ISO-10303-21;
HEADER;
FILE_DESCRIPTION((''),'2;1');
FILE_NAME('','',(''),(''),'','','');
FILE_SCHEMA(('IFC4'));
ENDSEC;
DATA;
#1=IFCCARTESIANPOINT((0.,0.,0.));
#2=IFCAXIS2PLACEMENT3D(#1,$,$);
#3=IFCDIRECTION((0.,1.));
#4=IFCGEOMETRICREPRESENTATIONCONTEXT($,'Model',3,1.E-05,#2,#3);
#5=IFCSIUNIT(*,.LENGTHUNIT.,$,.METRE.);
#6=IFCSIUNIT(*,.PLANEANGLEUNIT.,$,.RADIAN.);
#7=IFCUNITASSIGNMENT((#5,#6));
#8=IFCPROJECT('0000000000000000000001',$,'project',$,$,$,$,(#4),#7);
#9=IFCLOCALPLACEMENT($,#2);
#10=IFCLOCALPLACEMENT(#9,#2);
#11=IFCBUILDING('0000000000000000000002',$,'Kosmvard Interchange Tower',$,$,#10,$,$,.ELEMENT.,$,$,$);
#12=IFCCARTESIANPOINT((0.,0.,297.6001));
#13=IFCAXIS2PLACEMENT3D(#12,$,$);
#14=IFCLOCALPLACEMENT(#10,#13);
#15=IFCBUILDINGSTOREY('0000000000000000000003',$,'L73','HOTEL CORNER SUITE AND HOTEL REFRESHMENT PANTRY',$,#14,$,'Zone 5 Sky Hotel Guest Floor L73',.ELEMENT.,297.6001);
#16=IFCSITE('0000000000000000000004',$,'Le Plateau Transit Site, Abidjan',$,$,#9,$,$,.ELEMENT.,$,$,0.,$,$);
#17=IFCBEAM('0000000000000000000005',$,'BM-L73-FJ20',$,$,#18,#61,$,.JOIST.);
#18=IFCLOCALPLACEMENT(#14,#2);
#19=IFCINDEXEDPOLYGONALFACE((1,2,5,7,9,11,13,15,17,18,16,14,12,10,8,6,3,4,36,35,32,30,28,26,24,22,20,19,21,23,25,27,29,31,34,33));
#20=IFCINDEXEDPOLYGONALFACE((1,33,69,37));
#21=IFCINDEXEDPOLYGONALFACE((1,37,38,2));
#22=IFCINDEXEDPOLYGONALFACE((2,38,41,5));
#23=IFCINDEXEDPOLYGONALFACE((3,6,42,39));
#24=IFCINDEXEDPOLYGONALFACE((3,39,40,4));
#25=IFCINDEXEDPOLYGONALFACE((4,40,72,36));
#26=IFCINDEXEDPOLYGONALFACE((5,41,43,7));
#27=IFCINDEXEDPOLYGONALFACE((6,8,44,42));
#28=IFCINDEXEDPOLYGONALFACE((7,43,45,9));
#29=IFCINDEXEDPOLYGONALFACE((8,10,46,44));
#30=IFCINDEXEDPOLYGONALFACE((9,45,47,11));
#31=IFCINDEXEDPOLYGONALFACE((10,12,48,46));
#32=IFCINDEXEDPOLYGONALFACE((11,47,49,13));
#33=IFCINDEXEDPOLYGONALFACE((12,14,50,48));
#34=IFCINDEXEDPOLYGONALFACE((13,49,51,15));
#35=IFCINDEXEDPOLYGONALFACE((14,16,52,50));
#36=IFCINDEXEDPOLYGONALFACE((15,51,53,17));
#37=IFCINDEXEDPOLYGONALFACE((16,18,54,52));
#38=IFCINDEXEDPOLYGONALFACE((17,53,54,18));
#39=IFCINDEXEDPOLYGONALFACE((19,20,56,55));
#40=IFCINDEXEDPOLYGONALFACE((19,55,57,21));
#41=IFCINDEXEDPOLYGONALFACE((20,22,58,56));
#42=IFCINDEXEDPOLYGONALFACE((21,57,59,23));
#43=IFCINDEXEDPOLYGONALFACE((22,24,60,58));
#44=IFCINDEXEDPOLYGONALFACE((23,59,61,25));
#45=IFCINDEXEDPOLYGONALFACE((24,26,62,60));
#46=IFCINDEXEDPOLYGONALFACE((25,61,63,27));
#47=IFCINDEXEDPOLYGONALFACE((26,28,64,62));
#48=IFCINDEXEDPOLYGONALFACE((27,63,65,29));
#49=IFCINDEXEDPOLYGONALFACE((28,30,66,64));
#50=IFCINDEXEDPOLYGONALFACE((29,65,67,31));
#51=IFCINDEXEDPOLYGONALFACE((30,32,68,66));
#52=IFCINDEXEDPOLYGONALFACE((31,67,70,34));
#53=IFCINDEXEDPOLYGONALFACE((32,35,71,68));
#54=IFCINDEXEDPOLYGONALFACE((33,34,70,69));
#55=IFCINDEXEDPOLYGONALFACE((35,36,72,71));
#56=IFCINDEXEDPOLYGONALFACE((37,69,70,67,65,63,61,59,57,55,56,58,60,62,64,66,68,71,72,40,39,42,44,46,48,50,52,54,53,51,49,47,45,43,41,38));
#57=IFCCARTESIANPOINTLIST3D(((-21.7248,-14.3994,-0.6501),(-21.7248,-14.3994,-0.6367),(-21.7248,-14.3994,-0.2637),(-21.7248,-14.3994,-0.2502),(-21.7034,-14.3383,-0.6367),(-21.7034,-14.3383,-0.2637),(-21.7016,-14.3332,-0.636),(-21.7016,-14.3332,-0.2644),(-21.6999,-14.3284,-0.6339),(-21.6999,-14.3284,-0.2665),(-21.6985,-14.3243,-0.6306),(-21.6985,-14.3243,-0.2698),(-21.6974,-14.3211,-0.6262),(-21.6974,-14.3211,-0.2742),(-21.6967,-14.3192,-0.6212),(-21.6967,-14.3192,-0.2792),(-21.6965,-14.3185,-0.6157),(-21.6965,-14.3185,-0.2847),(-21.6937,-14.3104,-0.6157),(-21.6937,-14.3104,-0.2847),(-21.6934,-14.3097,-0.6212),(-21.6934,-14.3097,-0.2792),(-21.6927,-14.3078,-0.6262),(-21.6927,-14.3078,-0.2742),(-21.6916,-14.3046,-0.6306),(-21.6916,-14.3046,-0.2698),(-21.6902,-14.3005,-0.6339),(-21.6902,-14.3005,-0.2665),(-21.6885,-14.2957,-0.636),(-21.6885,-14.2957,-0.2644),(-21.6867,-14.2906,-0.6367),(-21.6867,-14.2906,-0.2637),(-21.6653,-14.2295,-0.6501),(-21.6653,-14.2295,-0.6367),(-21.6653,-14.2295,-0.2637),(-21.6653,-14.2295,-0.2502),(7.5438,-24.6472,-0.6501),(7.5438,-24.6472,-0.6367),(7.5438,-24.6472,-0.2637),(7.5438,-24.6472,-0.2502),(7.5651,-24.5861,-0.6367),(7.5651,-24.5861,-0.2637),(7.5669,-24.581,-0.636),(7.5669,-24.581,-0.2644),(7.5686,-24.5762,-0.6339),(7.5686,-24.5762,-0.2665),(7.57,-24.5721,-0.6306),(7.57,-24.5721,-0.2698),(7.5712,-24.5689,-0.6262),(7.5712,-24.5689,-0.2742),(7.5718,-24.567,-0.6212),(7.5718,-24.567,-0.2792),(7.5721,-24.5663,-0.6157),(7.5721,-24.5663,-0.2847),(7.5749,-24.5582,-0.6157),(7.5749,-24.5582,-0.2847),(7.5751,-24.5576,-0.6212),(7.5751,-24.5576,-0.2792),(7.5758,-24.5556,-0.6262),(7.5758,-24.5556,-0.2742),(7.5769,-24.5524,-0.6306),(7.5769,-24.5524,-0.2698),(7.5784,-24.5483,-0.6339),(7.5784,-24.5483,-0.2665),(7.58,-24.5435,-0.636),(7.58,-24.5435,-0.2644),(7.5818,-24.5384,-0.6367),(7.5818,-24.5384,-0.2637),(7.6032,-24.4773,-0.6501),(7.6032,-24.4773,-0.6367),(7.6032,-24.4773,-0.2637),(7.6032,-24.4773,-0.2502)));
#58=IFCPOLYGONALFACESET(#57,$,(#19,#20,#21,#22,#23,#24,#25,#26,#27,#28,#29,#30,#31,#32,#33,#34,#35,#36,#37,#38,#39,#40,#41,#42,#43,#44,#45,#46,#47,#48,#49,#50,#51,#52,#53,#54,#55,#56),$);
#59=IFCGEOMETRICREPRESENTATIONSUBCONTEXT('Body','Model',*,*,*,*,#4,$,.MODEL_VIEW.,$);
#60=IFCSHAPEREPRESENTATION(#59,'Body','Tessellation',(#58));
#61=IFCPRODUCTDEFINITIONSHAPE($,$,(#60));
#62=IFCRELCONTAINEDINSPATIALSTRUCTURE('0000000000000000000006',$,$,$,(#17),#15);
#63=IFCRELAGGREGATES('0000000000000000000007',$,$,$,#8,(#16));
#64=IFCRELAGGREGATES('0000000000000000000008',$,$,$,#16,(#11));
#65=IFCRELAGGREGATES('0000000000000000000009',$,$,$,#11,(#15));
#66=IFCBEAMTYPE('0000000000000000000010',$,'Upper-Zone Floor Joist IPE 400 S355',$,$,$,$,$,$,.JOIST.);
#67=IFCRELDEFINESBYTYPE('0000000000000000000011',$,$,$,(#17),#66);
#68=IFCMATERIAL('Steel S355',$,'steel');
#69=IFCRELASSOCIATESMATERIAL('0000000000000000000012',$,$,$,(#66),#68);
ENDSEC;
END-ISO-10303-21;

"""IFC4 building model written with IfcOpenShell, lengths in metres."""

from ifc_helpers import new_model, si_unit, direction, frame, origin, origin_2d, place, context, subcontext, project, spatial, i_section, extrude, source, transform, mapped, material, material_profile, profile_set, type_object, element, save


model = new_model("IFC4")

# Units and contexts
model_context = context("Model", 3, precision=1e-05, world=origin(), true_north=direction((0.0, 1.0)))
body_context = subcontext(model_context, "Body", "Model", "MODEL_VIEW")
ifc_project = project(units=[si_unit("LENGTHUNIT", "METRE"), si_unit("PLANEANGLEUNIT", "RADIAN")], contexts=[model_context])

# Site, building, storey
site_placement = place(None, origin())
site = spatial("IfcSite", under=ifc_project, at=site_placement, Name="Le Plateau Transit Site, Abidjan", CompositionType="ELEMENT", RefElevation=0.0)
building_placement = place(site_placement, origin())
building = spatial("IfcBuilding", under=site, at=building_placement, Name="Kosmvard Interchange Tower", CompositionType="ELEMENT")
storey_placement = place(building_placement, frame((0.0, 0.0, 297.6001)))
storey = spatial("IfcBuildingStorey", under=building, at=storey_placement, Name="L73", Description="HOTEL CORNER SUITE AND HOTEL REFRESHMENT PANTRY", LongName="Zone 5 Sky Hotel Guest Floor L73", CompositionType="ELEMENT", Elevation=297.6001)

# Beam
ifc_material_1 = material(Name="Steel S355", Category="steel")
ifc_material_profile_1 = material_profile(ifc_material_1, i_section(OverallWidth=0.1799, OverallDepth=0.3999, WebThickness=0.0085, FlangeThickness=0.0134, FilletRadius=0.021, at=origin_2d()), Name="IPE 400")
ifc_profile_set_1 = profile_set([ifc_material_profile_1], Name="Steel S355")
beam_type_1 = type_object("IfcBeamType", Name="Upper-Zone Floor Joist IPE 400 S355", PredefinedType="JOIST", material=ifc_profile_set_1)
shared_shape_1 = source(origin(), body_context, "Body", "SweptSolid", [
    extrude(i_section(OverallWidth=0.1799, OverallDepth=0.3999, WebThickness=0.0085, FlangeThickness=0.0134, FilletRadius=0.021, at=origin_2d()), origin(), (0.0, 0.0, 1.0), 31.0107),
])
beam_1_placement = place(storey_placement, frame((-21.6951, -14.3145, -0.4502), z_axis=(0.94382, -0.33046, 0.0), x_axis=(0.33046, 0.94382, 0.0)))
element("IfcBeam", 1, at=beam_1_placement, inside=storey, type_object=beam_type_1, Name="BM-L73-FJ20", PredefinedType="JOIST", context=body_context, shape_type="MappedRepresentation", body=[
    mapped(shared_shape_1, transform((0.0, 0.0, 0.0), scale=1.0)),
])

save(model, "model.ifc")
